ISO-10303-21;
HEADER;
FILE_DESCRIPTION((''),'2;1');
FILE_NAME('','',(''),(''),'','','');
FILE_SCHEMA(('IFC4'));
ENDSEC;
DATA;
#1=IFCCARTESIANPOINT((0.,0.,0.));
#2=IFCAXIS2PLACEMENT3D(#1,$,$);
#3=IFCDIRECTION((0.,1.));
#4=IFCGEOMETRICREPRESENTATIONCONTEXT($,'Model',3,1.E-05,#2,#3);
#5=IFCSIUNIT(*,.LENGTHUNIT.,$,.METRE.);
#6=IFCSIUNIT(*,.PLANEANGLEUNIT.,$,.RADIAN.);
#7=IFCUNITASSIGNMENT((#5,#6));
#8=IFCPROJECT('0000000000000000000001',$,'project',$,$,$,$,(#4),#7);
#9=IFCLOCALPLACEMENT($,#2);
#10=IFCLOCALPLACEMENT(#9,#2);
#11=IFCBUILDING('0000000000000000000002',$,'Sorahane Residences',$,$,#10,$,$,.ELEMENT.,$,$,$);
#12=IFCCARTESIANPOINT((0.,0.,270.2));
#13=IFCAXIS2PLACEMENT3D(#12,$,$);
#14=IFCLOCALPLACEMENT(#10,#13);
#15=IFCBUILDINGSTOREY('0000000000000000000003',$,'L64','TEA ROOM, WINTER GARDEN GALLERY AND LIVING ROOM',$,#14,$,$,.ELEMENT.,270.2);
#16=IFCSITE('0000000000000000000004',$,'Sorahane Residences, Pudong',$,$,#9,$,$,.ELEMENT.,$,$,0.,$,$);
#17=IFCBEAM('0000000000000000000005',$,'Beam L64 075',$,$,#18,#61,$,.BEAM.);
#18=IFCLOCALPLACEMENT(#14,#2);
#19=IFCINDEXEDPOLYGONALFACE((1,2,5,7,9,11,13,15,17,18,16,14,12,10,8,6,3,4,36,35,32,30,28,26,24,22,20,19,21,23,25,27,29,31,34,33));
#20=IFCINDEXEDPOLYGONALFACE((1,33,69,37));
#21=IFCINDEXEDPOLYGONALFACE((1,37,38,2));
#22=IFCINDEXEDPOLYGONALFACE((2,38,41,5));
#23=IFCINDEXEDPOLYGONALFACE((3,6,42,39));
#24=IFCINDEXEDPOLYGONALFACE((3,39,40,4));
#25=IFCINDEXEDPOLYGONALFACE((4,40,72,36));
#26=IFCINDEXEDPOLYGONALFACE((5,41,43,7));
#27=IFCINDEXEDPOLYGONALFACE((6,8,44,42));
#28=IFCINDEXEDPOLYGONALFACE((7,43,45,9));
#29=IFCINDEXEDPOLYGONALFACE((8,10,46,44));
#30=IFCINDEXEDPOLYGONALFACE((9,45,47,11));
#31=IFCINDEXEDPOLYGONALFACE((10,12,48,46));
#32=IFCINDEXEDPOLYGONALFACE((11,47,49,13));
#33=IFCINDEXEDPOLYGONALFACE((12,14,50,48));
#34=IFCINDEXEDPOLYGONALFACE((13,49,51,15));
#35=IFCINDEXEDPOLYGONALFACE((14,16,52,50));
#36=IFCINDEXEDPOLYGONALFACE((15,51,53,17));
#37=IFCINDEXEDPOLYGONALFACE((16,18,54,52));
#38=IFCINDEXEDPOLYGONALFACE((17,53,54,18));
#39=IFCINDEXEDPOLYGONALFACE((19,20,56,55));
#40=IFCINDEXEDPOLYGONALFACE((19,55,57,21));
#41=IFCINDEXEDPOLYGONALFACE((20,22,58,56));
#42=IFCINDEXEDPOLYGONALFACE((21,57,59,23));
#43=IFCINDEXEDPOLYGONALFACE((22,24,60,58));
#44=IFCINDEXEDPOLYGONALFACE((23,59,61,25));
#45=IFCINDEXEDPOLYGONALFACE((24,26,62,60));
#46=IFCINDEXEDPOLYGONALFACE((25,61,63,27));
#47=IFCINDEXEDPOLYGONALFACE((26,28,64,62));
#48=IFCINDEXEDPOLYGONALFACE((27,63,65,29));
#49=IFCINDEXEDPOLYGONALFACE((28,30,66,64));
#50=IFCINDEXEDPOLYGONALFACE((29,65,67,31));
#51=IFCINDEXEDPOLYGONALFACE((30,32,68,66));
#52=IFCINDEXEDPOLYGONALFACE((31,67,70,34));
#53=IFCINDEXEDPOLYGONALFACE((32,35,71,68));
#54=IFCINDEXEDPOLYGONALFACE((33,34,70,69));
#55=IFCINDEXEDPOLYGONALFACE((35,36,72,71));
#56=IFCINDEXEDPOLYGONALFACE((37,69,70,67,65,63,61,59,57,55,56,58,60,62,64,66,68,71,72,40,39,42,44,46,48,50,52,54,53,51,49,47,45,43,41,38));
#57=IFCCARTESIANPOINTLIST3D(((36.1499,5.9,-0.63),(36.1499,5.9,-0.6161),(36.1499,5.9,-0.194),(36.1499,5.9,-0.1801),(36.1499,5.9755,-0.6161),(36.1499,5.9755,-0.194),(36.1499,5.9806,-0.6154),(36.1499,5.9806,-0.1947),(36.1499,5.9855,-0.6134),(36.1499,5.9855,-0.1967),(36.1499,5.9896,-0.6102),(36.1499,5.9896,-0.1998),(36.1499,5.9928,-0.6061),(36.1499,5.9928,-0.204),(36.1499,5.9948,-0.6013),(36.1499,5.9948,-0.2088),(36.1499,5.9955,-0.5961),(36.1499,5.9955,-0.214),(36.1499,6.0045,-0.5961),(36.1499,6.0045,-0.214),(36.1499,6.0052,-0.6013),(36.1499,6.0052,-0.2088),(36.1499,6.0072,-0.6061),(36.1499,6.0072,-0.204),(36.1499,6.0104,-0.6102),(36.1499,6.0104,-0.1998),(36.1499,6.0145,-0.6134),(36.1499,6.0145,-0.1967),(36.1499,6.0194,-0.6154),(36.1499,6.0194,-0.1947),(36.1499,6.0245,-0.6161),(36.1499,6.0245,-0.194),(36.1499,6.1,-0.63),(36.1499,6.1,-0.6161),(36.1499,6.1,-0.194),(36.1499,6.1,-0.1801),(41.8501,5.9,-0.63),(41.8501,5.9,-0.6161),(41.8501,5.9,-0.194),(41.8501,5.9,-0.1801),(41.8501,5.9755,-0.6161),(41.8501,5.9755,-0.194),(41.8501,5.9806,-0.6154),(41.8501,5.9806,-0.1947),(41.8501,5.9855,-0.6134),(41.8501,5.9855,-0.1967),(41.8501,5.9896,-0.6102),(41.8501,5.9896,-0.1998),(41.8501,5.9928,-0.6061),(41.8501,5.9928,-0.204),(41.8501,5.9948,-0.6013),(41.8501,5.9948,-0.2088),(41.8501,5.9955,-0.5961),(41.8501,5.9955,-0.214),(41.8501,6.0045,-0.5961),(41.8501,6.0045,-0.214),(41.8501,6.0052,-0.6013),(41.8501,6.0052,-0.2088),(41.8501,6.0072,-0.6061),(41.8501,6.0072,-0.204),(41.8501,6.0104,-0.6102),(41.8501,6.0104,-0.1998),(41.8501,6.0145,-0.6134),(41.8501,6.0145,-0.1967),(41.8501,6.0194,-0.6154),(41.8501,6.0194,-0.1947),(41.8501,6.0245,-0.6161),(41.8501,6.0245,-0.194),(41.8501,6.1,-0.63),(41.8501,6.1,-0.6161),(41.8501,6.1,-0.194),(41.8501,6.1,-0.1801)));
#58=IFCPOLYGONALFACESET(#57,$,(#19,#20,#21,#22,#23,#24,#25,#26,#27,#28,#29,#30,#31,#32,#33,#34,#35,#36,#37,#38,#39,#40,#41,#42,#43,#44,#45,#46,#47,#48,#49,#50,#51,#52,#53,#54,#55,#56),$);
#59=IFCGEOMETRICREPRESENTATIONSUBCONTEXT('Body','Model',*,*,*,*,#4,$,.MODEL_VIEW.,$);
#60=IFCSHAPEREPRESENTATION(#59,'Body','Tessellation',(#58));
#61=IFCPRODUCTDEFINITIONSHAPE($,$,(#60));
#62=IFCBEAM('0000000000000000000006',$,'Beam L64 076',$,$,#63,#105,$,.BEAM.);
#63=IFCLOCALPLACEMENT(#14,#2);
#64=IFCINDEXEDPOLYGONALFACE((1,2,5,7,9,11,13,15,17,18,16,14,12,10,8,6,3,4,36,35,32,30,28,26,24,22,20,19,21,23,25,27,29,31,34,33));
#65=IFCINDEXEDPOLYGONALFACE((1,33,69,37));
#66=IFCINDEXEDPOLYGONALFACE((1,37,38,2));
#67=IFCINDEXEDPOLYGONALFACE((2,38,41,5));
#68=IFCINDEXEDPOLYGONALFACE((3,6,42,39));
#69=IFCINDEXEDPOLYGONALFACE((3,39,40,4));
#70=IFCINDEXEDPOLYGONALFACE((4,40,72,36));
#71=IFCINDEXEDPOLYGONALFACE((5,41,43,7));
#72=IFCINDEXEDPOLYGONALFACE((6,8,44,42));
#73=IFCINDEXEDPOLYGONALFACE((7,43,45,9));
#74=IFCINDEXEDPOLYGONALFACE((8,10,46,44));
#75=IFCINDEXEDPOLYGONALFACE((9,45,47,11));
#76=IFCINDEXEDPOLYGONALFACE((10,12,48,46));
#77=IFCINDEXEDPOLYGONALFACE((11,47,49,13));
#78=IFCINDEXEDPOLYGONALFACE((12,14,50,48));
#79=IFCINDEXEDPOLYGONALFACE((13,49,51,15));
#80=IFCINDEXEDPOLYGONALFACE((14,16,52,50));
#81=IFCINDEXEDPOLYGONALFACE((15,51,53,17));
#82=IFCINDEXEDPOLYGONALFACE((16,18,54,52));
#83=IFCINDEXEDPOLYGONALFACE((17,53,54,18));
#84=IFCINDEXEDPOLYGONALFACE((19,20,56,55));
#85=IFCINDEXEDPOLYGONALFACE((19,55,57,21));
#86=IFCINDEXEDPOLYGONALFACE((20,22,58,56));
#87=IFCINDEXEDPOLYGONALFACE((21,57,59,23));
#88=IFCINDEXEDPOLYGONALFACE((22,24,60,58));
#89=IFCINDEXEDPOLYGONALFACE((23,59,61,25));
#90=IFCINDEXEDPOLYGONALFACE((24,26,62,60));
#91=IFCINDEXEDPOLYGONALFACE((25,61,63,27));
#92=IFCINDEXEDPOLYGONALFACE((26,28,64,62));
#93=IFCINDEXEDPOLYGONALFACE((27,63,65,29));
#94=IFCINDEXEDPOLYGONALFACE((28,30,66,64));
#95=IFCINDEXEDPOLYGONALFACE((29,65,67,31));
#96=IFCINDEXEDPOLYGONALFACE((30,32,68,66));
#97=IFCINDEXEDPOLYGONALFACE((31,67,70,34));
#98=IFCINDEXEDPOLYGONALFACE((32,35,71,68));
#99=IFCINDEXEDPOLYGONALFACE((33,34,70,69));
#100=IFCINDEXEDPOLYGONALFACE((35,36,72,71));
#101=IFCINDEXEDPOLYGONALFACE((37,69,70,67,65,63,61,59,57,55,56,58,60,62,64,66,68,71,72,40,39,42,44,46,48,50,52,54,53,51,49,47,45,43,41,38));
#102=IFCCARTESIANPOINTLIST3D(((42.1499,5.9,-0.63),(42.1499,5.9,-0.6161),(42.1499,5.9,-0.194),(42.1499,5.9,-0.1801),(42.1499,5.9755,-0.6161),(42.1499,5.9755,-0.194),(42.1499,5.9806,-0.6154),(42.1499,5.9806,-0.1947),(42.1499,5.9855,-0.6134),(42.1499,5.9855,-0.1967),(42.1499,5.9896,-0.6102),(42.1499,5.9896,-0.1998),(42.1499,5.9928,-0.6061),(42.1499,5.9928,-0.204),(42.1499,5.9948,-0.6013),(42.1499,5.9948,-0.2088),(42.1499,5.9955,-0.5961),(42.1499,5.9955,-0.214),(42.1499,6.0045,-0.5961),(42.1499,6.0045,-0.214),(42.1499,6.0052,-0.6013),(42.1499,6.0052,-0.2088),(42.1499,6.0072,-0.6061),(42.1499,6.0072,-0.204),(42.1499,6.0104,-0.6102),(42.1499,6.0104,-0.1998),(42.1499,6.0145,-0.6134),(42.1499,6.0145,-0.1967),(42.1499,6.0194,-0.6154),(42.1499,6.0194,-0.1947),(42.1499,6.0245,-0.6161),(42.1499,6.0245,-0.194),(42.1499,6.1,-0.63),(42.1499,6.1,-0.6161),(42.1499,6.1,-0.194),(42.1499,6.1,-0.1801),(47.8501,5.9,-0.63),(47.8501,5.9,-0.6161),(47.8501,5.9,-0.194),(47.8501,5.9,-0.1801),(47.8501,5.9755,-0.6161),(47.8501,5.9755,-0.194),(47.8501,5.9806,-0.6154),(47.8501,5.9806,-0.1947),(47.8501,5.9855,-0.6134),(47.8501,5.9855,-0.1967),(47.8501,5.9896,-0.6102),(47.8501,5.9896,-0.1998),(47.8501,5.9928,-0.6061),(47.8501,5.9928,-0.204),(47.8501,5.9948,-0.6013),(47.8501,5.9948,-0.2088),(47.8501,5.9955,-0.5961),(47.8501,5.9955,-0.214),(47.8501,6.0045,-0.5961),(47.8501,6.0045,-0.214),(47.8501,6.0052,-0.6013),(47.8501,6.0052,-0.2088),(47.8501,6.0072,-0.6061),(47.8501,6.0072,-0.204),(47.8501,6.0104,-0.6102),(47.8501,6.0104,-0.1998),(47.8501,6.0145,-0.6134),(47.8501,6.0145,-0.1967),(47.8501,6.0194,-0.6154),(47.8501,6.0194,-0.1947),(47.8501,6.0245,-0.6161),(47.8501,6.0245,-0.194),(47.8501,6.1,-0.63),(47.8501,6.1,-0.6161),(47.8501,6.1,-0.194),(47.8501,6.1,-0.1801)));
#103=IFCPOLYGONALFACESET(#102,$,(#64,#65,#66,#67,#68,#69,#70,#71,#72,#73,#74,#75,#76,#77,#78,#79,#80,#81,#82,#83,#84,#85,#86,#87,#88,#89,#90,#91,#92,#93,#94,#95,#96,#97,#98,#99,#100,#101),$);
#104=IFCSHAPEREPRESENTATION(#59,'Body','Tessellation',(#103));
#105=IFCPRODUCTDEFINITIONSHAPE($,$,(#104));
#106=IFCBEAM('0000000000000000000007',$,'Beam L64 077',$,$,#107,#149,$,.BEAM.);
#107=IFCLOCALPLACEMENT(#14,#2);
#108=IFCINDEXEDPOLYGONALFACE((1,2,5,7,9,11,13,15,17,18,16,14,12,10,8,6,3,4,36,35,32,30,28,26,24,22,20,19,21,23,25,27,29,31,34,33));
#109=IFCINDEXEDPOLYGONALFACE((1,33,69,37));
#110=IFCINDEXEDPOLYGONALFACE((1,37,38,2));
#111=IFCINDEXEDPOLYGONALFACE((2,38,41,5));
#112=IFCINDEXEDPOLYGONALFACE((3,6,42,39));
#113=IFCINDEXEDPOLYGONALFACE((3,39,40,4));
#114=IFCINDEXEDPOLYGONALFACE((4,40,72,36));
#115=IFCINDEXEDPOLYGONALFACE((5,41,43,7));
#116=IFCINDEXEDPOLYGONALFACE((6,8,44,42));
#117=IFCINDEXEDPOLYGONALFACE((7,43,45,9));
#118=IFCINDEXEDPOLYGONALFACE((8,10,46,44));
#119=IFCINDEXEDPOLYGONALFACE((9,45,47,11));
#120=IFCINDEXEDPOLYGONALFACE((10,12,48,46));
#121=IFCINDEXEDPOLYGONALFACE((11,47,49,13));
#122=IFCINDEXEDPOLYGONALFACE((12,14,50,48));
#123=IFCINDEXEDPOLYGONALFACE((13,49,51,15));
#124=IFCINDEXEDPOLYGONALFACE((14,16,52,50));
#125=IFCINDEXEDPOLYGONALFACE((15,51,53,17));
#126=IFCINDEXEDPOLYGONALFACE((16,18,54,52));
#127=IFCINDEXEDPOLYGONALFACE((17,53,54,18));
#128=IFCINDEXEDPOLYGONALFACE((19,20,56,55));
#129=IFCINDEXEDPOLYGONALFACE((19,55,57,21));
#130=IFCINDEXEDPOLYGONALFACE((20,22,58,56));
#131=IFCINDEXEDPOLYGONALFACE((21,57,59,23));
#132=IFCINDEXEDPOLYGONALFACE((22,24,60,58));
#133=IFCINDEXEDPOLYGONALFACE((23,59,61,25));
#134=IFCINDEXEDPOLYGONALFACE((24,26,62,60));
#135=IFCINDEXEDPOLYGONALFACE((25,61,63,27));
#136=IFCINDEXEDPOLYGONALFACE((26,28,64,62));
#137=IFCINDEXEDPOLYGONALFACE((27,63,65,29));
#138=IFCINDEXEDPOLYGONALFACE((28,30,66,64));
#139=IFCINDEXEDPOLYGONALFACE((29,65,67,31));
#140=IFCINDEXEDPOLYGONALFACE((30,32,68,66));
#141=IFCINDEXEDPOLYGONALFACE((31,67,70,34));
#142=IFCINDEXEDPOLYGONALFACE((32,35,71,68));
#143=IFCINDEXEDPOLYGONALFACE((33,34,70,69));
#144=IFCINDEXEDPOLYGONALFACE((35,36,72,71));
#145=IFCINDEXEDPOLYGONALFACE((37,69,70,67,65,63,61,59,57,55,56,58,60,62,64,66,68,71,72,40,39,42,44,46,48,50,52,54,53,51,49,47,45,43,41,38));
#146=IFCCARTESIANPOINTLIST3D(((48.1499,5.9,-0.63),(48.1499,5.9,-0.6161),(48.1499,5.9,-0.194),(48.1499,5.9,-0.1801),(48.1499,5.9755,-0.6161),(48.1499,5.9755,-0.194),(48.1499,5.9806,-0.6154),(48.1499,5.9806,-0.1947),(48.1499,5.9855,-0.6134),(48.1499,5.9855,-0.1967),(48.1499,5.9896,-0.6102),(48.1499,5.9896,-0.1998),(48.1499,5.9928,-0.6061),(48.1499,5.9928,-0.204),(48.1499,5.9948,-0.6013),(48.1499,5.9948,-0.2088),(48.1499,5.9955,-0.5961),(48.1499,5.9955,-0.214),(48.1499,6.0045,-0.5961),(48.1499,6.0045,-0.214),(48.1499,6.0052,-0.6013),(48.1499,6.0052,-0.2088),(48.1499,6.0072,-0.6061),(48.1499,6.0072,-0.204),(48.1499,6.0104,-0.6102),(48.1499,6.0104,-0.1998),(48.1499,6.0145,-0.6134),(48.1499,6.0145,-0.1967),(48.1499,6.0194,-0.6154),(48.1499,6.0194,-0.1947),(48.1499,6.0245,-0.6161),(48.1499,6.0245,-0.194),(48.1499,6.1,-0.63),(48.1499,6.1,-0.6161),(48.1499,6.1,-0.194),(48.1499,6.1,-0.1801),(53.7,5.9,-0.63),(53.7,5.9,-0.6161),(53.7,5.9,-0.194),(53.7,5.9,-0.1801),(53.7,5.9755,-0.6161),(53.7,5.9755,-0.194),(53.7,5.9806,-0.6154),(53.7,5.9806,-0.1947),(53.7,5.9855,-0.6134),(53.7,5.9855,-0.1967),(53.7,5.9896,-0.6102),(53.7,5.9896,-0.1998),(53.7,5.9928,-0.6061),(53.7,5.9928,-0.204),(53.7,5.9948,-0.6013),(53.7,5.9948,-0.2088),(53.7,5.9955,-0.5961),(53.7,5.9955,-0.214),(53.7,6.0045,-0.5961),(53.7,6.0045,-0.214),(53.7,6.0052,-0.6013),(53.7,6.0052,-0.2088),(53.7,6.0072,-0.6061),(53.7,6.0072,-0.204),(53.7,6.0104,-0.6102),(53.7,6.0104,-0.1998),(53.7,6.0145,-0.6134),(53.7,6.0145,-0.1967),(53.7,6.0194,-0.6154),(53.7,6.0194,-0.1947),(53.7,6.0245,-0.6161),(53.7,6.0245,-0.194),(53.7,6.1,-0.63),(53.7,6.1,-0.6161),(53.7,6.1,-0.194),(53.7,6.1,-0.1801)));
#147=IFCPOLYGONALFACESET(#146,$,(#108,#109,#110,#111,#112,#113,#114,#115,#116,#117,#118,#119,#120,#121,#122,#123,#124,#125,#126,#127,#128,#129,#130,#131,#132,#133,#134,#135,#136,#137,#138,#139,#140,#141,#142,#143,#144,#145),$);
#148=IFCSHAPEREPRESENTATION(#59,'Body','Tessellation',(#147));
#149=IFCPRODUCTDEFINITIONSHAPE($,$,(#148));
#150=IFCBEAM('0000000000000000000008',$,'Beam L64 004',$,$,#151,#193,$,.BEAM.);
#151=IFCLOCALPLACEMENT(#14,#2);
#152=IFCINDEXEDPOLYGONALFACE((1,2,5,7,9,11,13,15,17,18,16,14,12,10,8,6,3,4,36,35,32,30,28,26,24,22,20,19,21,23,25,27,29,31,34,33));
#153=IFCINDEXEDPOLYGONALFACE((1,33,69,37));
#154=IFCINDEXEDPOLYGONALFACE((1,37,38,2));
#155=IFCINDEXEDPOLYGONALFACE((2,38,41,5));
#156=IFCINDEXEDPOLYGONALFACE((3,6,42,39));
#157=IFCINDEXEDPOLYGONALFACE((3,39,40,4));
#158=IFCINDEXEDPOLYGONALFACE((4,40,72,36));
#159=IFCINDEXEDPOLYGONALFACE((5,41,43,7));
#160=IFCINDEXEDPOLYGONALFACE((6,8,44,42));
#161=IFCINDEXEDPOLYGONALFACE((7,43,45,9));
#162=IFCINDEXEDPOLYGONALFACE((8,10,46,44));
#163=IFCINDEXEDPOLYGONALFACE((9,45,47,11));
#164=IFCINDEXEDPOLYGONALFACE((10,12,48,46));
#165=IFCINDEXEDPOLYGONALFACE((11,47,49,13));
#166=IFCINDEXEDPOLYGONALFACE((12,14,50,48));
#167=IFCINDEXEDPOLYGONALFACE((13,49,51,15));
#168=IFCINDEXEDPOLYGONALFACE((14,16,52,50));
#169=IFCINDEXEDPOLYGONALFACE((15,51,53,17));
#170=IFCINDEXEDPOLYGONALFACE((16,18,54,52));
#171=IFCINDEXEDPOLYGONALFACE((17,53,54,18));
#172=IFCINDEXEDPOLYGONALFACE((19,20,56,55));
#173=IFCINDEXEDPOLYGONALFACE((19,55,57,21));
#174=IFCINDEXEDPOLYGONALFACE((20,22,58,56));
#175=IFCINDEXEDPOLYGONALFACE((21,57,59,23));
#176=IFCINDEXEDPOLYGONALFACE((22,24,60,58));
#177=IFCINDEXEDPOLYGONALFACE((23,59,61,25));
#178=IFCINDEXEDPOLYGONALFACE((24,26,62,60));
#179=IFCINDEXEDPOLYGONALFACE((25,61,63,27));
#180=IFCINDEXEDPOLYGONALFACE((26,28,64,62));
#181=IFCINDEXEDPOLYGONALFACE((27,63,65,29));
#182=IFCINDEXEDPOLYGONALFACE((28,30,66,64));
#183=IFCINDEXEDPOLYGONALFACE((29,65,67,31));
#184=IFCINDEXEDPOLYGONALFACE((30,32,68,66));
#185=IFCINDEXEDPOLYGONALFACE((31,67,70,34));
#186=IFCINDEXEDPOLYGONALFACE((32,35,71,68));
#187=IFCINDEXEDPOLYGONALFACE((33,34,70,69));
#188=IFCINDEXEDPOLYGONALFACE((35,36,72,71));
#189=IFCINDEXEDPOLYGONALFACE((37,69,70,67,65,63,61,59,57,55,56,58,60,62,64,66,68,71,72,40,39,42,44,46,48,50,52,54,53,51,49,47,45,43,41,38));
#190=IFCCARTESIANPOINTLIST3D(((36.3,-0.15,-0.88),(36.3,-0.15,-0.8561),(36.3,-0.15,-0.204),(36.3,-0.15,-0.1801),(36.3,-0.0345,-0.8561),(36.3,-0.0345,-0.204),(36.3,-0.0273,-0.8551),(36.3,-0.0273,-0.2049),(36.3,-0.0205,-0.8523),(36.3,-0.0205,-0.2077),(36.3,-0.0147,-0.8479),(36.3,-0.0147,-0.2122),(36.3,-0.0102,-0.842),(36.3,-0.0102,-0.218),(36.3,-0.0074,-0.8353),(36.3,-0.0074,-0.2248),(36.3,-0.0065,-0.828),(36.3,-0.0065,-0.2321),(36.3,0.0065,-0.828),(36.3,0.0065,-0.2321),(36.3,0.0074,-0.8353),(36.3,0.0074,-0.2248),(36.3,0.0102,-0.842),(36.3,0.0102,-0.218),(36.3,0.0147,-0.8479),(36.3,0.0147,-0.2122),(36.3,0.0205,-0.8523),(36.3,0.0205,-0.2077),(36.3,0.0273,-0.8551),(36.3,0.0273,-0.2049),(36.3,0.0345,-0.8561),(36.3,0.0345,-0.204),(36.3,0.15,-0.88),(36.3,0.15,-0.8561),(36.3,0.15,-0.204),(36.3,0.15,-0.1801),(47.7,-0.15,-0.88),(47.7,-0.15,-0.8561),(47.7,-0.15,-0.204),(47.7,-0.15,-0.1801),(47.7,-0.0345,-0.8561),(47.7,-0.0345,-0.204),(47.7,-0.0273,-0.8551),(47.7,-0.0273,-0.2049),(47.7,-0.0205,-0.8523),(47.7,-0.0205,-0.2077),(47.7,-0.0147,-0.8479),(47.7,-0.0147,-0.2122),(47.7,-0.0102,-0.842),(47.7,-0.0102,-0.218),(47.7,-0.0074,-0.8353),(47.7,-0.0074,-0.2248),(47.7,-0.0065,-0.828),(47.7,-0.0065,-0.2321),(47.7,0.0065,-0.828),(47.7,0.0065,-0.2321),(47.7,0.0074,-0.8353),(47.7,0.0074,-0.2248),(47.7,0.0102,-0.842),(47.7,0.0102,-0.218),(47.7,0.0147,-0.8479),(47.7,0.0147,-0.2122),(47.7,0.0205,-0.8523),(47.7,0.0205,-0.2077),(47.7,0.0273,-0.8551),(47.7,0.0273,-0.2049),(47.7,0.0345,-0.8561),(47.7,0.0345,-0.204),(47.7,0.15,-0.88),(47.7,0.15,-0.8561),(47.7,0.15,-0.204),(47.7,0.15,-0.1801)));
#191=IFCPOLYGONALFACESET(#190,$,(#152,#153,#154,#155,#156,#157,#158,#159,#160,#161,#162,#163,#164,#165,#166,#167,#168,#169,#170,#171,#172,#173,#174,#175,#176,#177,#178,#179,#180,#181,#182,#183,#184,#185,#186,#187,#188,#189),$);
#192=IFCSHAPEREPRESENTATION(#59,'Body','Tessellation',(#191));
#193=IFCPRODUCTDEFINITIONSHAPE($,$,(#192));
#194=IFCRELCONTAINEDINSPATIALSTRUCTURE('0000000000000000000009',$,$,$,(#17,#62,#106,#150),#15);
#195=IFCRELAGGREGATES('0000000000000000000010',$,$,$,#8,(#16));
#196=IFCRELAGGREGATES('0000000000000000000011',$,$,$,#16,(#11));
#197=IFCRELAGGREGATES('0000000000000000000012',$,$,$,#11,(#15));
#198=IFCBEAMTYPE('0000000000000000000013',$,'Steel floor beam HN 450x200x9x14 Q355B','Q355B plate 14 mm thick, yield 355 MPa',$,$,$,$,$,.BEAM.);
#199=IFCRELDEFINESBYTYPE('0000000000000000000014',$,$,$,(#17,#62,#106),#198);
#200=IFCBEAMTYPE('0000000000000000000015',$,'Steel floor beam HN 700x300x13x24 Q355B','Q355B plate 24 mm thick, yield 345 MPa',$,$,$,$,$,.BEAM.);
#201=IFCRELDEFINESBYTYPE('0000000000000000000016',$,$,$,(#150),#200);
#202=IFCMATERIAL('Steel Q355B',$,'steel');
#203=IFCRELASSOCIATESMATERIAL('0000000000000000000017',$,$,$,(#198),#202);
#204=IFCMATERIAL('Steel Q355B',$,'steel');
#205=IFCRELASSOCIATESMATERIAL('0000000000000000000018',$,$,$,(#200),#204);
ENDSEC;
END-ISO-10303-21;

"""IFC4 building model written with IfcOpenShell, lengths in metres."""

from ifc_helpers import new_model, si_unit, direction, frame, origin, origin_2d, place, context, subcontext, project, spatial, i_section, extrude, material, material_profile, profile_set, type_object, element, save


model = new_model("IFC4")

# Units and contexts
model_context = context("Model", 3, precision=1e-05, world=origin(), true_north=direction((0.0, 1.0)))
body_context = subcontext(model_context, "Body", "Model", "MODEL_VIEW")
ifc_project = project(units=[si_unit("LENGTHUNIT", "METRE"), si_unit("PLANEANGLEUNIT", "RADIAN")], contexts=[model_context])

# Site, building, storey
site_placement = place(None, origin())
site = spatial("IfcSite", under=ifc_project, at=site_placement, Name="Sorahane Residences, Pudong", CompositionType="ELEMENT", RefElevation=0.0)
building_placement = place(site_placement, origin())
building = spatial("IfcBuilding", under=site, at=building_placement, Name="Sorahane Residences", CompositionType="ELEMENT")
storey_placement = place(building_placement, frame((0.0, 0.0, 270.2)))
storey = spatial("IfcBuildingStorey", under=building, at=storey_placement, Name="L64", Description="TEA ROOM, WINTER GARDEN GALLERY AND LIVING ROOM", CompositionType="ELEMENT", Elevation=270.2)

# Beams
ifc_material_1 = material(Name="Steel Q355B", Category="steel")
ifc_material_profile_1 = material_profile(ifc_material_1, i_section(OverallWidth=0.2, OverallDepth=0.45, WebThickness=0.009, FlangeThickness=0.0139, FilletRadius=0.02, at=origin_2d()), Name="HN 450x200x9x14")
ifc_profile_set_1 = profile_set([ifc_material_profile_1], Name="Steel Q355B")
beam_type_1 = type_object("IfcBeamType", Name="Steel floor beam HN 450x200x9x14 Q355B", Description="Q355B plate 14 mm thick, yield 355 MPa", PredefinedType="BEAM", material=ifc_profile_set_1)
for number, where, z_axis, x_axis, name in (
    (1, (36.1499, 6.0, -0.405), (1.0, 0.0, 0.0), (0.0, 1.0, 0.0), "Beam L64 075"),
    (2, (42.1499, 6.0, -0.405), (1.0, 0.0, 0.0), (0.0, 1.0, 0.0), "Beam L64 076"),
):
    element("IfcBeam", number, at=place(storey_placement, frame(where, z_axis=z_axis, x_axis=x_axis)), inside=storey, type_object=beam_type_1, Name=name, PredefinedType="BEAM", context=body_context, shape_type="SweptSolid", body=[
        extrude(i_section(OverallWidth=0.2, OverallDepth=0.45, WebThickness=0.009, FlangeThickness=0.0139, FilletRadius=0.02, at=origin_2d()), origin(), (0.0, 0.0, 1.0), 5.7002),
    ])
beam_1_placement = place(storey_placement, frame((48.1499, 6.0, -0.405), z_axis=(1.0, 0.0, 0.0), x_axis=(0.0, 1.0, 0.0)))
element("IfcBeam", 3, at=beam_1_placement, inside=storey, type_object=beam_type_1, Name="Beam L64 077", PredefinedType="BEAM", context=body_context, shape_type="SweptSolid", body=[
    extrude(i_section(OverallWidth=0.2, OverallDepth=0.45, WebThickness=0.009, FlangeThickness=0.0139, FilletRadius=0.02, at=origin_2d()), origin(), (0.0, 0.0, 1.0), 5.55),
])
ifc_material_2 = material(Name="Steel Q355B", Category="steel")
ifc_material_profile_2 = material_profile(ifc_material_2, i_section(OverallWidth=0.3, OverallDepth=0.7, WebThickness=0.0129, FlangeThickness=0.0239, FilletRadius=0.0281, at=origin_2d()), Name="HN 700x300x13x24")
ifc_profile_set_2 = profile_set([ifc_material_profile_2], Name="Steel Q355B")
beam_type_2 = type_object("IfcBeamType", Name="Steel floor beam HN 700x300x13x24 Q355B", Description="Q355B plate 24 mm thick, yield 345 MPa", PredefinedType="BEAM", material=ifc_profile_set_2)
beam_2_placement = place(storey_placement, frame((36.3, 0.0, -0.53), z_axis=(1.0, 0.0, 0.0), x_axis=(0.0, 1.0, 0.0)))
element("IfcBeam", 4, at=beam_2_placement, inside=storey, type_object=beam_type_2, Name="Beam L64 004", PredefinedType="BEAM", context=body_context, shape_type="SweptSolid", body=[
    extrude(i_section(OverallWidth=0.3, OverallDepth=0.7, WebThickness=0.0129, FlangeThickness=0.0239, FilletRadius=0.0281, at=origin_2d()), origin(), (0.0, 0.0, 1.0), 11.3999),
])

save(model, "model.ifc")
